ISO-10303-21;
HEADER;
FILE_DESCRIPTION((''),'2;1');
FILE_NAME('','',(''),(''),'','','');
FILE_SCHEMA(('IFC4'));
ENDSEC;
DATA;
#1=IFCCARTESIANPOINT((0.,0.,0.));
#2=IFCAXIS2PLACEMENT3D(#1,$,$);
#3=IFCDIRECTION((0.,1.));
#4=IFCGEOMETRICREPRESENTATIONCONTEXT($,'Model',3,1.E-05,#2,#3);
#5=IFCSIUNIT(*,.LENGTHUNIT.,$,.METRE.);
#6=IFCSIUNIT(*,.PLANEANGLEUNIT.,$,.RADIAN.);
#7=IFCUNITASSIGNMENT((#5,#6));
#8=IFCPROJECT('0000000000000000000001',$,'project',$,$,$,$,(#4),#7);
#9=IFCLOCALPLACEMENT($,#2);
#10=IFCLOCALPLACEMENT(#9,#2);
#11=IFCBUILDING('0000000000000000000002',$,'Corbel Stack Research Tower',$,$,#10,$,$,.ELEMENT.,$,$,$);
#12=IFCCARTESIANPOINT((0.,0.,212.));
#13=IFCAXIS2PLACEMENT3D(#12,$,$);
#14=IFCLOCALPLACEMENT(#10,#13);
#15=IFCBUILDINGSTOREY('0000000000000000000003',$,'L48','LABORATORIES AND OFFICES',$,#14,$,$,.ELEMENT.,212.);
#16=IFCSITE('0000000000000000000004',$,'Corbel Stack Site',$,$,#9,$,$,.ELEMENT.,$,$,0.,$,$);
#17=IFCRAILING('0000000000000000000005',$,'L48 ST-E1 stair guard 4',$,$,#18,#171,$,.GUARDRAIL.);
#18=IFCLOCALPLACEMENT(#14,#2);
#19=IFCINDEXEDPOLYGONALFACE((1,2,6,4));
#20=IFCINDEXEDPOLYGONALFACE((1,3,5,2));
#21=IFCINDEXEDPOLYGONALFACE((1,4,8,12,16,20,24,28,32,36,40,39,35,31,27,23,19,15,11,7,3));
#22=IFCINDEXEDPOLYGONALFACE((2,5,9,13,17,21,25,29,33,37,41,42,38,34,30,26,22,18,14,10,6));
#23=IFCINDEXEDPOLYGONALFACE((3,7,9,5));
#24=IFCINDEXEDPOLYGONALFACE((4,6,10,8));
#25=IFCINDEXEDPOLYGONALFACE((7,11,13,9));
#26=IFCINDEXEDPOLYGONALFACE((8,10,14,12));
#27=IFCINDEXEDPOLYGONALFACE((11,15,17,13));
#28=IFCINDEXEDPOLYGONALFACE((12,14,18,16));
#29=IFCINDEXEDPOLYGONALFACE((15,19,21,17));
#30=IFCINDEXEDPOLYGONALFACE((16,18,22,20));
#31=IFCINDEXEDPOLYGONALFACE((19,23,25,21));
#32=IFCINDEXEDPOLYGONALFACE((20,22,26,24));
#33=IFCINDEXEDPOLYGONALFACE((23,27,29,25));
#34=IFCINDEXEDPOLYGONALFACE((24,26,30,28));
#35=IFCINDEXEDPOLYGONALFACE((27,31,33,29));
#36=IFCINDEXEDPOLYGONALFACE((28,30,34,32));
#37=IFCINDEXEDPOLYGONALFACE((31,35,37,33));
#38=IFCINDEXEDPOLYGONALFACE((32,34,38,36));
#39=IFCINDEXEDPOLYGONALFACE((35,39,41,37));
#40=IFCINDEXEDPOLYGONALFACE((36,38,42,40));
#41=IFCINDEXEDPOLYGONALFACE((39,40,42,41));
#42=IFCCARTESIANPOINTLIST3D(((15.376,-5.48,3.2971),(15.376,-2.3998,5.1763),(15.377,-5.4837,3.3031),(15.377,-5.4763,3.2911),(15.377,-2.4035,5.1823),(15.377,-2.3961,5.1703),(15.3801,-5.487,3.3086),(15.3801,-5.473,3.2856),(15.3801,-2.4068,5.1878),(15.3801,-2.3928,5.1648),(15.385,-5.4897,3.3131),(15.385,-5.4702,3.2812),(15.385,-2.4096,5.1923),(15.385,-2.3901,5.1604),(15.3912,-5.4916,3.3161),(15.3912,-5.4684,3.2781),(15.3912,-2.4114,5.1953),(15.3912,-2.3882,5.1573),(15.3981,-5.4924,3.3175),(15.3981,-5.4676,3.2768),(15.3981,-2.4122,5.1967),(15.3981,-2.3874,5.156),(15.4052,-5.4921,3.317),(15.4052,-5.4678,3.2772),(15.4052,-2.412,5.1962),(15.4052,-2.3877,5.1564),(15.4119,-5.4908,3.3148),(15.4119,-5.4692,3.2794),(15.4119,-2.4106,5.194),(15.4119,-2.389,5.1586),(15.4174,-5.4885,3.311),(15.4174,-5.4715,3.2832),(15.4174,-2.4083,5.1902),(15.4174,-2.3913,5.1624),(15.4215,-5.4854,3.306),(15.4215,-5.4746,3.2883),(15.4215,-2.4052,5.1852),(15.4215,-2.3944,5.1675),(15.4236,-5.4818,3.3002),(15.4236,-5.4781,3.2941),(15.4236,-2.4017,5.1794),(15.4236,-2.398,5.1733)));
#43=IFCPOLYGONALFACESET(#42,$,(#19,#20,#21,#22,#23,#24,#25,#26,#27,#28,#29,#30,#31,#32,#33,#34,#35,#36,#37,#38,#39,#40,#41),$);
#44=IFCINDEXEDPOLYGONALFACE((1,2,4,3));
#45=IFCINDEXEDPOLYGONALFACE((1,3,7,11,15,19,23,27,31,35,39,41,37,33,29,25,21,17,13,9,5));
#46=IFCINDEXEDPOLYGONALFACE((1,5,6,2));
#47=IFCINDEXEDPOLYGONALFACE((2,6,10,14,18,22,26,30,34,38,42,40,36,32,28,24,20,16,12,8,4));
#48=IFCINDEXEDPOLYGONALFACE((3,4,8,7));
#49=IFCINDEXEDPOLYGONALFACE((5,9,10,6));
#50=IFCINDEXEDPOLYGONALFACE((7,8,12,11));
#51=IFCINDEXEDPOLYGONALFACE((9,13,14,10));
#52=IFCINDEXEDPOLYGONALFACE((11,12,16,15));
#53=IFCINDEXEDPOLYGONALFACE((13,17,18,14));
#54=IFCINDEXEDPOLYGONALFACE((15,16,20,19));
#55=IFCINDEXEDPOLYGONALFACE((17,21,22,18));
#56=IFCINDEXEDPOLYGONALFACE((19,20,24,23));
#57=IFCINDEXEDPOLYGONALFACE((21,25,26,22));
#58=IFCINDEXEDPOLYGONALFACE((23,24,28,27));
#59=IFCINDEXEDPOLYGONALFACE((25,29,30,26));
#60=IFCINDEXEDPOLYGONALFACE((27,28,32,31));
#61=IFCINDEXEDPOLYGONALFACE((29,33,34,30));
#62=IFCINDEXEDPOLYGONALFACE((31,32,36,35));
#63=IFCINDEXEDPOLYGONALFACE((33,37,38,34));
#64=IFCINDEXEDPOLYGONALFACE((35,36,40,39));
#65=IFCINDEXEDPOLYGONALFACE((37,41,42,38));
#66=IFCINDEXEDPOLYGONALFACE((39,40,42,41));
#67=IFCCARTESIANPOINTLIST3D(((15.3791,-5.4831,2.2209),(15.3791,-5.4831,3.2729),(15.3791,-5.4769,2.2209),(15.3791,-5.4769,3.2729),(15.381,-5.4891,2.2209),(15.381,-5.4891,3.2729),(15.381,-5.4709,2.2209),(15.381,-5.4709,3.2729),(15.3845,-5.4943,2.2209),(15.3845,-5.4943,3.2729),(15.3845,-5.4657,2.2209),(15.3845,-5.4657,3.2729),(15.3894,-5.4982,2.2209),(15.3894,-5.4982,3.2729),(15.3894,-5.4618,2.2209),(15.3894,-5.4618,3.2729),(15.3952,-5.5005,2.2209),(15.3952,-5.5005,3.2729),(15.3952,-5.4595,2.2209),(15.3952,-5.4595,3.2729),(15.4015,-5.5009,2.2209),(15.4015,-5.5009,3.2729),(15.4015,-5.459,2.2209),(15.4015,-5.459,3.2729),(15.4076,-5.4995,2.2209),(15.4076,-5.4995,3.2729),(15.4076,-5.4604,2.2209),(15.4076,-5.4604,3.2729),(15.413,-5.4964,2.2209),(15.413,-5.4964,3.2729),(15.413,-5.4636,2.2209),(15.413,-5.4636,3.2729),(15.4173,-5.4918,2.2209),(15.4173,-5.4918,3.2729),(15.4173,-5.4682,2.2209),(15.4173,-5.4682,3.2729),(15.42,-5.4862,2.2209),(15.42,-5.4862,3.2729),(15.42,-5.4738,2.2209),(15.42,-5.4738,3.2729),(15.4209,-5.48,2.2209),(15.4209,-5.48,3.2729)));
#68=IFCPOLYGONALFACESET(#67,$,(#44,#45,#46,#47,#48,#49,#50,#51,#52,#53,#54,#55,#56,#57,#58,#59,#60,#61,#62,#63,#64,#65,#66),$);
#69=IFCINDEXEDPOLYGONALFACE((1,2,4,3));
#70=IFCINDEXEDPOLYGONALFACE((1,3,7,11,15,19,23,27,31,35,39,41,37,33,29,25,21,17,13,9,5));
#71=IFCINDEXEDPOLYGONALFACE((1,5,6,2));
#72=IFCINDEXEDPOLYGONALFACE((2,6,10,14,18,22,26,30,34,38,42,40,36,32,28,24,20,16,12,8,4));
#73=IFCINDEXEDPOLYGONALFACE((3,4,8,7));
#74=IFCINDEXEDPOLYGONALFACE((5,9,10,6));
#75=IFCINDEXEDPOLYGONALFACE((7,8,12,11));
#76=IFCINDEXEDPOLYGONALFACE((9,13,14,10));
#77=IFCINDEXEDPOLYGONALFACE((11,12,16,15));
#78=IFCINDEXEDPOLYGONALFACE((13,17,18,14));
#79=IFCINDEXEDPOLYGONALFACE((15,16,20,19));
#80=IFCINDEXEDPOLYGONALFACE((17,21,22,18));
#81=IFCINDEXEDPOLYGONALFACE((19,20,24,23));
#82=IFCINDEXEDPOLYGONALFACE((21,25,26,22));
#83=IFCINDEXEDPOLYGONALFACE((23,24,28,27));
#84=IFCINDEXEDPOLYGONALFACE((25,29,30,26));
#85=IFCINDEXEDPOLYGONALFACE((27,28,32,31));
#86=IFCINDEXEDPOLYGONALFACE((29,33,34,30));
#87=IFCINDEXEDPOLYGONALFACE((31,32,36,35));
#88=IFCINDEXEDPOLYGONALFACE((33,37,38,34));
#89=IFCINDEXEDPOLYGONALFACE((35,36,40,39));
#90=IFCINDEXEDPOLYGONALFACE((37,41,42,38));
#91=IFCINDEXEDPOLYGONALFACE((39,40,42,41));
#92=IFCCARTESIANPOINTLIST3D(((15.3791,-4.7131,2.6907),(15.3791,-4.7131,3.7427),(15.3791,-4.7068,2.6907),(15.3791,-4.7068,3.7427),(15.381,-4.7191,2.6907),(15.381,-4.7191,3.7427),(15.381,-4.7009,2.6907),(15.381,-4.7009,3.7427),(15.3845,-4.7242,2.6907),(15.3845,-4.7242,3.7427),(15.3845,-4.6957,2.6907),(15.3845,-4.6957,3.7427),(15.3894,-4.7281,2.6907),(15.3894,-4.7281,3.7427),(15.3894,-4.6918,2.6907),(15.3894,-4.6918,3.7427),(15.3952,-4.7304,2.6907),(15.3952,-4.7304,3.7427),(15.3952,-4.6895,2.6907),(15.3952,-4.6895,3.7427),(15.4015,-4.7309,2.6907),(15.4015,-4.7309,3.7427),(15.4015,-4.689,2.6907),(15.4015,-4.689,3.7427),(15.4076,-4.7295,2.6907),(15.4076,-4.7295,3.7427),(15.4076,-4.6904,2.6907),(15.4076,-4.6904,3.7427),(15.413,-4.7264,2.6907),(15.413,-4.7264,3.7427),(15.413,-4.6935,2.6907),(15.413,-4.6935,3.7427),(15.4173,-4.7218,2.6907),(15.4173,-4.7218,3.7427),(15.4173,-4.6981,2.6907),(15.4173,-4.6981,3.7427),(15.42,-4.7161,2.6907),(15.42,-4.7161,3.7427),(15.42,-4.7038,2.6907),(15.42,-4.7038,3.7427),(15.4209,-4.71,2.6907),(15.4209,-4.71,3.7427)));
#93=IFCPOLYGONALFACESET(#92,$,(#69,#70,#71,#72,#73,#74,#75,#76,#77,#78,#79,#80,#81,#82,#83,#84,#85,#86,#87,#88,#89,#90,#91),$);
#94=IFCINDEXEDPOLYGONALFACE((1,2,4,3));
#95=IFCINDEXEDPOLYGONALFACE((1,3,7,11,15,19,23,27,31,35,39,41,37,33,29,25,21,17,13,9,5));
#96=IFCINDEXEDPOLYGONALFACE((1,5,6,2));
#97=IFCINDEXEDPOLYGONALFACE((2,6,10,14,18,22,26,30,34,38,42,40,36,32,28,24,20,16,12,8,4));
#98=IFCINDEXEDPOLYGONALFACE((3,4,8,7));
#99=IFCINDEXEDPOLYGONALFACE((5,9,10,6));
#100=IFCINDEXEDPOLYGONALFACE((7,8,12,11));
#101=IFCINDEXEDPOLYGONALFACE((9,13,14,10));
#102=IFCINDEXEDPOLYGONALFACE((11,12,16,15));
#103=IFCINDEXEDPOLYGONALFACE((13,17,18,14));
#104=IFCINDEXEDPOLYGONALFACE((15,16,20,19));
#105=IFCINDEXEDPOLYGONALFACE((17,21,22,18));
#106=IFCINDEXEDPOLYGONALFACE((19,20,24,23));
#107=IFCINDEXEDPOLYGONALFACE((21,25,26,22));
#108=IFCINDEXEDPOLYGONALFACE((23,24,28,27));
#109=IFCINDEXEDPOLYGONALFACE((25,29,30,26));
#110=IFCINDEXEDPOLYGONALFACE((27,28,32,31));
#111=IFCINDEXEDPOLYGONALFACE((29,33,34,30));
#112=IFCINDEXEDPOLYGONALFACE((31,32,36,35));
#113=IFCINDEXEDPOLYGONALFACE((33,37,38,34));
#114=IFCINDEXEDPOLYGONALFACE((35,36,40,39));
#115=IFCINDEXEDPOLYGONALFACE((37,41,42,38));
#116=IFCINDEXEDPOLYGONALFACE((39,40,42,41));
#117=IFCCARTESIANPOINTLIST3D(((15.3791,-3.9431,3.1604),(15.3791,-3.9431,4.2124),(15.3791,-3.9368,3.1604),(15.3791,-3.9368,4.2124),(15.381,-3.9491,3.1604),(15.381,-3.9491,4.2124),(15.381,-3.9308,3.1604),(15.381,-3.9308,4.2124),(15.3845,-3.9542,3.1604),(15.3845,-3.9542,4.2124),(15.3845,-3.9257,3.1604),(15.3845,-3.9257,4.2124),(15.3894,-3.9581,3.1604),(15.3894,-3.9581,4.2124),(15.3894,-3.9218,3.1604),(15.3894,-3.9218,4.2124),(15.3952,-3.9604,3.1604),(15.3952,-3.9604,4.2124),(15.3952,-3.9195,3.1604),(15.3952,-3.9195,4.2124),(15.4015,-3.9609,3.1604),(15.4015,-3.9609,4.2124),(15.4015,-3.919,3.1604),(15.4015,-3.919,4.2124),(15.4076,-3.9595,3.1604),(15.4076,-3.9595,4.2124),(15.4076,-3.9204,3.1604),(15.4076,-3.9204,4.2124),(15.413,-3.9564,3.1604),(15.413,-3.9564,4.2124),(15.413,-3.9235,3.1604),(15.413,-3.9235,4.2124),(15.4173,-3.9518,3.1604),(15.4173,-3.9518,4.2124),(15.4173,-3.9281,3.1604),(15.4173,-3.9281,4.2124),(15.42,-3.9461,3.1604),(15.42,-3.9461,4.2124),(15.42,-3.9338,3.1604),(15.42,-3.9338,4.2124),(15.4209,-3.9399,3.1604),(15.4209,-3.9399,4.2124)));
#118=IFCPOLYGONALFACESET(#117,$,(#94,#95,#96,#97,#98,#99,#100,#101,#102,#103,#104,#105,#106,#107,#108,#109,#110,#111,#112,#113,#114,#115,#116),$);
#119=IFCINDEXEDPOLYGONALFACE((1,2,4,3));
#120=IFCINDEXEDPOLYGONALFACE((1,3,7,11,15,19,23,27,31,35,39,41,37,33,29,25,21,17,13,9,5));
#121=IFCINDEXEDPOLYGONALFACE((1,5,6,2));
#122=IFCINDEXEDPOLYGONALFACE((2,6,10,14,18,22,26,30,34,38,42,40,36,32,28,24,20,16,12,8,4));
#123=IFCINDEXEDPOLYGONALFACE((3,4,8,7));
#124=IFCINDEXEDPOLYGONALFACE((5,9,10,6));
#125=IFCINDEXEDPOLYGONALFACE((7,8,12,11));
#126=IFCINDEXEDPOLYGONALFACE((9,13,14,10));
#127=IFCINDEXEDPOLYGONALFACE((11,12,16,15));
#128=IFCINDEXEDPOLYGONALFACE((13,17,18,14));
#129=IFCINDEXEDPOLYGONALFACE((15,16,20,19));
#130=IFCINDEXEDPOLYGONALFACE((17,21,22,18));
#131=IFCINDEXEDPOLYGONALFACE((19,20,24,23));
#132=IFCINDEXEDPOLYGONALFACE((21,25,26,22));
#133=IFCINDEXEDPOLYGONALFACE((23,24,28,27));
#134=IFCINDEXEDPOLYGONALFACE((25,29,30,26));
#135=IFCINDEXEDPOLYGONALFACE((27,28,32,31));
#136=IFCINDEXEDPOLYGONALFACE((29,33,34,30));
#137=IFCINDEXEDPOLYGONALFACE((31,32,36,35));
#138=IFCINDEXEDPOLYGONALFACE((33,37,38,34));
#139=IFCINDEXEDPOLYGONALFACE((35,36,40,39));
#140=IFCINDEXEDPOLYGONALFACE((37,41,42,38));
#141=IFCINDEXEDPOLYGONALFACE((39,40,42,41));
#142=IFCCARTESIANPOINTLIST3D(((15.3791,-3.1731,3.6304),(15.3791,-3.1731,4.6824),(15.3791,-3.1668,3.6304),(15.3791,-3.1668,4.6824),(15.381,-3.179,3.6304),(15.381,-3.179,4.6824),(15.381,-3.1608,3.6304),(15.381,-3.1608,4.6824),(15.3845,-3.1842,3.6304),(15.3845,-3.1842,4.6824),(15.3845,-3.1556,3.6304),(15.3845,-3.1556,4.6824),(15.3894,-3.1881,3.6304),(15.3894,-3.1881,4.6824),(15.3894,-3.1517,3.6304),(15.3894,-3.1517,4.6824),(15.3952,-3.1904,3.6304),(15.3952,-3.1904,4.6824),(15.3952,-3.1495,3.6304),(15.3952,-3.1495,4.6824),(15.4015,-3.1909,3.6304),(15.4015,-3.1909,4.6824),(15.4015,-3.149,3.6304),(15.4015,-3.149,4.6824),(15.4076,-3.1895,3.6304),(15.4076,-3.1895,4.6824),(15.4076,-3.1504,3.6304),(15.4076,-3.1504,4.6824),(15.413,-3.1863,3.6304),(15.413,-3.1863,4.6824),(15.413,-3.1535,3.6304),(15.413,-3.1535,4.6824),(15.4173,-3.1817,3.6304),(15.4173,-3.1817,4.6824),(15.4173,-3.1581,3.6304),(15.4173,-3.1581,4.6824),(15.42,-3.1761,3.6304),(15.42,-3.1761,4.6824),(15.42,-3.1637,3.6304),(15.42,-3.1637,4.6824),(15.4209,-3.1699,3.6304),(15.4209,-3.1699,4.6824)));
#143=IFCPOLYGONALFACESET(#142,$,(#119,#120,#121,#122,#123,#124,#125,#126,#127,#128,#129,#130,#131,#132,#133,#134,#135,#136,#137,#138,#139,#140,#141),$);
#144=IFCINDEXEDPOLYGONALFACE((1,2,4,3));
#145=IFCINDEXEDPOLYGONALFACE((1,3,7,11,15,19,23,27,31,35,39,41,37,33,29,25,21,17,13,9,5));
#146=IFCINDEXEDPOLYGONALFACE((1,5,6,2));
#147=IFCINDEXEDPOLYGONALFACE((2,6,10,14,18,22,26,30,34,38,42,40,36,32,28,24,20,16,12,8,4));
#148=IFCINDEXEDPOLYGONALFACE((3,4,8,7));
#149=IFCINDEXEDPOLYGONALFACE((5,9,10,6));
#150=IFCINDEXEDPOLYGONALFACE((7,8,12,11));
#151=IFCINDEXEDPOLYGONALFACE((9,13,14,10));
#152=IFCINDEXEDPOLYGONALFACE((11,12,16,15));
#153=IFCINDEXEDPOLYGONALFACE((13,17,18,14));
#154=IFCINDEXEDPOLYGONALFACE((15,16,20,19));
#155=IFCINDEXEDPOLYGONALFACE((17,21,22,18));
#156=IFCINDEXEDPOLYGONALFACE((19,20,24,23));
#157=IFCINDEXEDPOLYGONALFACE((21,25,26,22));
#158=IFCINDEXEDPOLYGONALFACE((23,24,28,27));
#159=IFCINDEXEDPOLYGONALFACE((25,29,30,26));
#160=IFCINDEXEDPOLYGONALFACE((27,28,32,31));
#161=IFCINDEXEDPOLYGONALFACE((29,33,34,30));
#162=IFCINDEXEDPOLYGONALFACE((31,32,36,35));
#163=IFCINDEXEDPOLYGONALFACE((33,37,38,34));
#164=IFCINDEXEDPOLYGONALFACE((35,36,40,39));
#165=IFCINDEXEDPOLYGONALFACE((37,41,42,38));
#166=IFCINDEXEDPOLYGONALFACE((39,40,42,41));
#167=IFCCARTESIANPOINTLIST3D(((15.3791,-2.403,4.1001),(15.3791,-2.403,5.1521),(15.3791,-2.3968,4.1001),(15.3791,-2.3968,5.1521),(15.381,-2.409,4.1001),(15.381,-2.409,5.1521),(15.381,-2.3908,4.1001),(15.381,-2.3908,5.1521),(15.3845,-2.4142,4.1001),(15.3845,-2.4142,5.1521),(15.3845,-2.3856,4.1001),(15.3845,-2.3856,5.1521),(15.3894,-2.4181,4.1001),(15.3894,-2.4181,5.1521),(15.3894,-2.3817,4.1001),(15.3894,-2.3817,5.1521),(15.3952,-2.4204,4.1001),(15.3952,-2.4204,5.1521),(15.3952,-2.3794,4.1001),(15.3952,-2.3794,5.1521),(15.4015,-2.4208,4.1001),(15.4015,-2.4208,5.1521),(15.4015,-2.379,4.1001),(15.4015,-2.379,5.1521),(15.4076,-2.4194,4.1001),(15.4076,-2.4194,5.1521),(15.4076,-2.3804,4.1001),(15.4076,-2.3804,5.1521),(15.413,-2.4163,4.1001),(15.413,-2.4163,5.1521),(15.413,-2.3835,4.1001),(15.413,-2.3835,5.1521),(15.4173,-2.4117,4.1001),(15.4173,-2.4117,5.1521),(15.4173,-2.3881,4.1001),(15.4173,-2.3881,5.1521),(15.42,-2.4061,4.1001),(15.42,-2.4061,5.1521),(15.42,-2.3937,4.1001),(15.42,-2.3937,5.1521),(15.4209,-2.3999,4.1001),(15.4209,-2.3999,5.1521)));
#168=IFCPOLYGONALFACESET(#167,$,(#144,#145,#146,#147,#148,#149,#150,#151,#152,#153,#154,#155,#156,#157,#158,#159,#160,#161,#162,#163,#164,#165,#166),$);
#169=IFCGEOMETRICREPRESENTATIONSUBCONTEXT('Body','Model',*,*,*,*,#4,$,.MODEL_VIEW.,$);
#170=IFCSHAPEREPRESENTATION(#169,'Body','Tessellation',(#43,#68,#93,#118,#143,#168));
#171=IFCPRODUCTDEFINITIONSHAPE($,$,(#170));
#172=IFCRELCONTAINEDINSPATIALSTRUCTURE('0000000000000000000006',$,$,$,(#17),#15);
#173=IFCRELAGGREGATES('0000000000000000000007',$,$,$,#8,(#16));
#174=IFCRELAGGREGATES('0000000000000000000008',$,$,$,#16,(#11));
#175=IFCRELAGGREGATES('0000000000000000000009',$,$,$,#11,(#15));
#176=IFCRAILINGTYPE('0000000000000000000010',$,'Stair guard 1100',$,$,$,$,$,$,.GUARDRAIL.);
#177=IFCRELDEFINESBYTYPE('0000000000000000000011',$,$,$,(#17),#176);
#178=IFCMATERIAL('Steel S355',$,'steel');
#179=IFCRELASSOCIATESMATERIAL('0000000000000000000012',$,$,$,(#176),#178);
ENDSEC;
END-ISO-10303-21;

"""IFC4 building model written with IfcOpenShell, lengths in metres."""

from ifc_helpers import new_model, si_unit, direction, frame, origin, origin_2d, place, context, subcontext, project, spatial, circle, extrude, material, type_object, element, save


model = new_model("IFC4")

# Units and contexts
model_context = context("Model", 3, precision=1e-05, world=origin(), true_north=direction((0.0, 1.0)))
body_context = subcontext(model_context, "Body", "Model", "MODEL_VIEW")
ifc_project = project(units=[si_unit("LENGTHUNIT", "METRE"), si_unit("PLANEANGLEUNIT", "RADIAN")], contexts=[model_context])

# Site, building, storey
site_placement = place(None, origin())
site = spatial("IfcSite", under=ifc_project, at=site_placement, Name="Corbel Stack Site", CompositionType="ELEMENT", RefElevation=0.0)
building_placement = place(site_placement, origin())
building = spatial("IfcBuilding", under=site, at=building_placement, Name="Corbel Stack Research Tower", CompositionType="ELEMENT")
storey_placement = place(building_placement, frame((0.0, 0.0, 212.0)))
storey = spatial("IfcBuildingStorey", under=building, at=storey_placement, Name="L48", Description="LABORATORIES AND OFFICES", CompositionType="ELEMENT", Elevation=212.0)

# Railing
ifc_material_1 = material(Name="Steel S355", Category="steel")
railing_type_1 = type_object("IfcRailingType", Name="Stair guard 1100", PredefinedType="GUARDRAIL", material=ifc_material_1)
railing_1_placement = place(storey_placement, frame((15.3999, -5.48, 2.2209)))
element("IfcRailing", 1, at=railing_1_placement, inside=storey, type_object=railing_type_1, Name="L48 ST-E1 stair guard 4", PredefinedType="GUARDRAIL", context=body_context, shape_type="SweptSolid", body=[
    extrude(circle(Radius=0.0239, at=origin_2d()), frame((0.0, 0.0, 1.0762), z_axis=(0.0, 0.853666, 0.52082), x_axis=(-1.0, 0.0, 0.0)), (0.0, 0.0, 1.0), 3.6082),
    extrude(circle(Radius=0.021, at=origin_2d()), origin(), (0.0, 0.0, 1.0), 1.052),
    extrude(circle(Radius=0.021, at=origin_2d()), frame((0.0, 0.77, 0.4697)), (0.0, 0.0, 1.0), 1.052),
    extrude(circle(Radius=0.021, at=origin_2d()), frame((0.0, 1.54, 0.9395)), (0.0, 0.0, 1.0), 1.052),
    extrude(circle(Radius=0.021, at=origin_2d()), frame((0.0, 2.3101, 1.4094)), (0.0, 0.0, 1.0), 1.052),
    extrude(circle(Radius=0.021, at=origin_2d()), frame((0.0, 3.0801, 1.8792)), (0.0, 0.0, 1.0), 1.052),
])

save(model, "model.ifc")
